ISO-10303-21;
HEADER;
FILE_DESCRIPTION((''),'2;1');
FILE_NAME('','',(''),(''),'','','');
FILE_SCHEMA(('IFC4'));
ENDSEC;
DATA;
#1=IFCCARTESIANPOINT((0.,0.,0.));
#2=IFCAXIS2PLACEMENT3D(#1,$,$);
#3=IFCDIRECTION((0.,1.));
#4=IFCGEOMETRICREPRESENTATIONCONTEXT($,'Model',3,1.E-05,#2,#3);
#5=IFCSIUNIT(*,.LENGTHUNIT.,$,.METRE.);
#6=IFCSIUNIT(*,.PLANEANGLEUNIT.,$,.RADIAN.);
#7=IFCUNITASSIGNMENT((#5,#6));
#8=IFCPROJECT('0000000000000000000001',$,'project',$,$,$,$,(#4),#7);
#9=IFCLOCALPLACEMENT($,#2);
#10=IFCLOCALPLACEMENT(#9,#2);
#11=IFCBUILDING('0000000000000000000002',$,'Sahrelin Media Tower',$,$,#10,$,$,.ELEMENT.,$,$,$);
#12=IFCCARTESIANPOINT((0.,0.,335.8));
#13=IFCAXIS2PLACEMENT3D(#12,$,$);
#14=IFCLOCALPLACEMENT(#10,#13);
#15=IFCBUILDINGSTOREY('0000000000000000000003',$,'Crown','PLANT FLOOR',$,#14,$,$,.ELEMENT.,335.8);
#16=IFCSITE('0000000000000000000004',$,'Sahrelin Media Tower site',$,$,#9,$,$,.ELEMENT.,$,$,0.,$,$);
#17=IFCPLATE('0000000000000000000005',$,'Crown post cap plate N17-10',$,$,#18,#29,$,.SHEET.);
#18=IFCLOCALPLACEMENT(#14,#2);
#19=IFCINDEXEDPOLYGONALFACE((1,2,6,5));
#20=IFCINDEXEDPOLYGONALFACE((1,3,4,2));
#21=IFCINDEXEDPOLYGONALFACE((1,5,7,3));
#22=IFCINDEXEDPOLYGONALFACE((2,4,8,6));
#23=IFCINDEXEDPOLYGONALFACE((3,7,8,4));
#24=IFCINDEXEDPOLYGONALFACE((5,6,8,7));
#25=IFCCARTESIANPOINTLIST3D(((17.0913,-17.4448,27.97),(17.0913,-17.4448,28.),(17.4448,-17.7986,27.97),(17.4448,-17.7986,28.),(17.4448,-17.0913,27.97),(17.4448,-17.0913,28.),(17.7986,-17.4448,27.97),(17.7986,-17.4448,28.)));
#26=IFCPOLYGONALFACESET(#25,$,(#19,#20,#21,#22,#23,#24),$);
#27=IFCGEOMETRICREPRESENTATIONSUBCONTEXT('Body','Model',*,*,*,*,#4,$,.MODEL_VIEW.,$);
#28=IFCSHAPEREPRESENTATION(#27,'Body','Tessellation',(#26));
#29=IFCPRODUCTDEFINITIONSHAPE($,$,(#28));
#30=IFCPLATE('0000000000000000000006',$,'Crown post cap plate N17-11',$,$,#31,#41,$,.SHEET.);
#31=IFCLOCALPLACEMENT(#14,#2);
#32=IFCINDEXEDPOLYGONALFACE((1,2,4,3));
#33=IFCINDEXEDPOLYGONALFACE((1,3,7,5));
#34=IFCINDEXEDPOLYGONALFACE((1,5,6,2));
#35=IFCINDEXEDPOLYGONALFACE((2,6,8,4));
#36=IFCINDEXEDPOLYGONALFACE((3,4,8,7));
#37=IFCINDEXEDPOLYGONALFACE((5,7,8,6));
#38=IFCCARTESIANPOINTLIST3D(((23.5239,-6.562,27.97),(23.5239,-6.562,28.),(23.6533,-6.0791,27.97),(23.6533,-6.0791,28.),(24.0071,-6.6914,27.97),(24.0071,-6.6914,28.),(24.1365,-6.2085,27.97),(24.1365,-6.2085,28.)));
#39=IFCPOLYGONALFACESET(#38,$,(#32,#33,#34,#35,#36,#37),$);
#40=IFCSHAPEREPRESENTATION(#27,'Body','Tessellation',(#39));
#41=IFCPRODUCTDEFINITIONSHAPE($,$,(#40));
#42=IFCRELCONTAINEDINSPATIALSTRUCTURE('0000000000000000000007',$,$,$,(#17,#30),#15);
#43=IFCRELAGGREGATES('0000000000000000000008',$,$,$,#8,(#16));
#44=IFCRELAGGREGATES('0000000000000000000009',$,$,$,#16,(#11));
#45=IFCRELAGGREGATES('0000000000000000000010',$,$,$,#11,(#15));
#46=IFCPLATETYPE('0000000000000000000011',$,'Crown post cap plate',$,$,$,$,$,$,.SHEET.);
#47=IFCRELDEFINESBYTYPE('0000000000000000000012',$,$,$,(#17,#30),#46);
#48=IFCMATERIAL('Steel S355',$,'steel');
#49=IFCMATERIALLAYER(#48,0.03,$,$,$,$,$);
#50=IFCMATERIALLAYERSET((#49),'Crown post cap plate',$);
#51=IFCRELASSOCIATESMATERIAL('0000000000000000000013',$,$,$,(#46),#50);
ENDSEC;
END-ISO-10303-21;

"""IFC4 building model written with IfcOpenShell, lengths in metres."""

from ifc_helpers import new_model, si_unit, direction, frame, origin, place, context, subcontext, project, spatial, polyline, outline, extrude, material, layer, layer_set, type_object, element, save


model = new_model("IFC4")

# Units and contexts
model_context = context("Model", 3, precision=1e-05, world=origin(), true_north=direction((0.0, 1.0)))
body_context = subcontext(model_context, "Body", "Model", "MODEL_VIEW")
ifc_project = project(units=[si_unit("LENGTHUNIT", "METRE"), si_unit("PLANEANGLEUNIT", "RADIAN")], contexts=[model_context])

# Site, building, storey
site_placement = place(None, origin())
site = spatial("IfcSite", under=ifc_project, at=site_placement, Name="Sahrelin Media Tower site", CompositionType="ELEMENT", RefElevation=0.0)
building_placement = place(site_placement, origin())
building = spatial("IfcBuilding", under=site, at=building_placement, Name="Sahrelin Media Tower", CompositionType="ELEMENT")
storey_placement = place(building_placement, frame((0.0, 0.0, 335.8)))
storey = spatial("IfcBuildingStorey", under=building, at=storey_placement, Name="Crown", Description="PLANT FLOOR", CompositionType="ELEMENT", Elevation=335.8)

# Plates
ifc_material_1 = material(Name="Steel S355", Category="steel")
ifc_layer = layer(ifc_material_1, 0.03)
ifc_layer_set = layer_set([ifc_layer], Name="Crown post cap plate")
plate_type = type_object("IfcPlateType", Name="Crown post cap plate", PredefinedType="SHEET", material=ifc_layer_set)
placement = place(storey_placement, frame((0.0, 0.0, 27.97)))
element("IfcPlate", 1, at=placement, inside=storey, type_object=plate_type, Name="Crown post cap plate N17-10", PredefinedType="SHEET", context=body_context, shape_type="SweptSolid", body=[
    extrude(outline(polyline([(17.0913, -17.4448), (17.4448, -17.7986), (17.7986, -17.4448), (17.4448, -17.0913), (17.0913, -17.4448)])), origin(), (0.0, 0.0, 1.0), 0.03),
])
element("IfcPlate", 2, at=placement, inside=storey, type_object=plate_type, Name="Crown post cap plate N17-11", PredefinedType="SHEET", context=body_context, shape_type="SweptSolid", body=[
    extrude(outline(polyline([(23.5239, -6.562), (24.0071, -6.6914), (24.1365, -6.2085), (23.6533, -6.0791), (23.5239, -6.562)])), origin(), (0.0, 0.0, 1.0), 0.03),
])

save(model, "model.ifc")
